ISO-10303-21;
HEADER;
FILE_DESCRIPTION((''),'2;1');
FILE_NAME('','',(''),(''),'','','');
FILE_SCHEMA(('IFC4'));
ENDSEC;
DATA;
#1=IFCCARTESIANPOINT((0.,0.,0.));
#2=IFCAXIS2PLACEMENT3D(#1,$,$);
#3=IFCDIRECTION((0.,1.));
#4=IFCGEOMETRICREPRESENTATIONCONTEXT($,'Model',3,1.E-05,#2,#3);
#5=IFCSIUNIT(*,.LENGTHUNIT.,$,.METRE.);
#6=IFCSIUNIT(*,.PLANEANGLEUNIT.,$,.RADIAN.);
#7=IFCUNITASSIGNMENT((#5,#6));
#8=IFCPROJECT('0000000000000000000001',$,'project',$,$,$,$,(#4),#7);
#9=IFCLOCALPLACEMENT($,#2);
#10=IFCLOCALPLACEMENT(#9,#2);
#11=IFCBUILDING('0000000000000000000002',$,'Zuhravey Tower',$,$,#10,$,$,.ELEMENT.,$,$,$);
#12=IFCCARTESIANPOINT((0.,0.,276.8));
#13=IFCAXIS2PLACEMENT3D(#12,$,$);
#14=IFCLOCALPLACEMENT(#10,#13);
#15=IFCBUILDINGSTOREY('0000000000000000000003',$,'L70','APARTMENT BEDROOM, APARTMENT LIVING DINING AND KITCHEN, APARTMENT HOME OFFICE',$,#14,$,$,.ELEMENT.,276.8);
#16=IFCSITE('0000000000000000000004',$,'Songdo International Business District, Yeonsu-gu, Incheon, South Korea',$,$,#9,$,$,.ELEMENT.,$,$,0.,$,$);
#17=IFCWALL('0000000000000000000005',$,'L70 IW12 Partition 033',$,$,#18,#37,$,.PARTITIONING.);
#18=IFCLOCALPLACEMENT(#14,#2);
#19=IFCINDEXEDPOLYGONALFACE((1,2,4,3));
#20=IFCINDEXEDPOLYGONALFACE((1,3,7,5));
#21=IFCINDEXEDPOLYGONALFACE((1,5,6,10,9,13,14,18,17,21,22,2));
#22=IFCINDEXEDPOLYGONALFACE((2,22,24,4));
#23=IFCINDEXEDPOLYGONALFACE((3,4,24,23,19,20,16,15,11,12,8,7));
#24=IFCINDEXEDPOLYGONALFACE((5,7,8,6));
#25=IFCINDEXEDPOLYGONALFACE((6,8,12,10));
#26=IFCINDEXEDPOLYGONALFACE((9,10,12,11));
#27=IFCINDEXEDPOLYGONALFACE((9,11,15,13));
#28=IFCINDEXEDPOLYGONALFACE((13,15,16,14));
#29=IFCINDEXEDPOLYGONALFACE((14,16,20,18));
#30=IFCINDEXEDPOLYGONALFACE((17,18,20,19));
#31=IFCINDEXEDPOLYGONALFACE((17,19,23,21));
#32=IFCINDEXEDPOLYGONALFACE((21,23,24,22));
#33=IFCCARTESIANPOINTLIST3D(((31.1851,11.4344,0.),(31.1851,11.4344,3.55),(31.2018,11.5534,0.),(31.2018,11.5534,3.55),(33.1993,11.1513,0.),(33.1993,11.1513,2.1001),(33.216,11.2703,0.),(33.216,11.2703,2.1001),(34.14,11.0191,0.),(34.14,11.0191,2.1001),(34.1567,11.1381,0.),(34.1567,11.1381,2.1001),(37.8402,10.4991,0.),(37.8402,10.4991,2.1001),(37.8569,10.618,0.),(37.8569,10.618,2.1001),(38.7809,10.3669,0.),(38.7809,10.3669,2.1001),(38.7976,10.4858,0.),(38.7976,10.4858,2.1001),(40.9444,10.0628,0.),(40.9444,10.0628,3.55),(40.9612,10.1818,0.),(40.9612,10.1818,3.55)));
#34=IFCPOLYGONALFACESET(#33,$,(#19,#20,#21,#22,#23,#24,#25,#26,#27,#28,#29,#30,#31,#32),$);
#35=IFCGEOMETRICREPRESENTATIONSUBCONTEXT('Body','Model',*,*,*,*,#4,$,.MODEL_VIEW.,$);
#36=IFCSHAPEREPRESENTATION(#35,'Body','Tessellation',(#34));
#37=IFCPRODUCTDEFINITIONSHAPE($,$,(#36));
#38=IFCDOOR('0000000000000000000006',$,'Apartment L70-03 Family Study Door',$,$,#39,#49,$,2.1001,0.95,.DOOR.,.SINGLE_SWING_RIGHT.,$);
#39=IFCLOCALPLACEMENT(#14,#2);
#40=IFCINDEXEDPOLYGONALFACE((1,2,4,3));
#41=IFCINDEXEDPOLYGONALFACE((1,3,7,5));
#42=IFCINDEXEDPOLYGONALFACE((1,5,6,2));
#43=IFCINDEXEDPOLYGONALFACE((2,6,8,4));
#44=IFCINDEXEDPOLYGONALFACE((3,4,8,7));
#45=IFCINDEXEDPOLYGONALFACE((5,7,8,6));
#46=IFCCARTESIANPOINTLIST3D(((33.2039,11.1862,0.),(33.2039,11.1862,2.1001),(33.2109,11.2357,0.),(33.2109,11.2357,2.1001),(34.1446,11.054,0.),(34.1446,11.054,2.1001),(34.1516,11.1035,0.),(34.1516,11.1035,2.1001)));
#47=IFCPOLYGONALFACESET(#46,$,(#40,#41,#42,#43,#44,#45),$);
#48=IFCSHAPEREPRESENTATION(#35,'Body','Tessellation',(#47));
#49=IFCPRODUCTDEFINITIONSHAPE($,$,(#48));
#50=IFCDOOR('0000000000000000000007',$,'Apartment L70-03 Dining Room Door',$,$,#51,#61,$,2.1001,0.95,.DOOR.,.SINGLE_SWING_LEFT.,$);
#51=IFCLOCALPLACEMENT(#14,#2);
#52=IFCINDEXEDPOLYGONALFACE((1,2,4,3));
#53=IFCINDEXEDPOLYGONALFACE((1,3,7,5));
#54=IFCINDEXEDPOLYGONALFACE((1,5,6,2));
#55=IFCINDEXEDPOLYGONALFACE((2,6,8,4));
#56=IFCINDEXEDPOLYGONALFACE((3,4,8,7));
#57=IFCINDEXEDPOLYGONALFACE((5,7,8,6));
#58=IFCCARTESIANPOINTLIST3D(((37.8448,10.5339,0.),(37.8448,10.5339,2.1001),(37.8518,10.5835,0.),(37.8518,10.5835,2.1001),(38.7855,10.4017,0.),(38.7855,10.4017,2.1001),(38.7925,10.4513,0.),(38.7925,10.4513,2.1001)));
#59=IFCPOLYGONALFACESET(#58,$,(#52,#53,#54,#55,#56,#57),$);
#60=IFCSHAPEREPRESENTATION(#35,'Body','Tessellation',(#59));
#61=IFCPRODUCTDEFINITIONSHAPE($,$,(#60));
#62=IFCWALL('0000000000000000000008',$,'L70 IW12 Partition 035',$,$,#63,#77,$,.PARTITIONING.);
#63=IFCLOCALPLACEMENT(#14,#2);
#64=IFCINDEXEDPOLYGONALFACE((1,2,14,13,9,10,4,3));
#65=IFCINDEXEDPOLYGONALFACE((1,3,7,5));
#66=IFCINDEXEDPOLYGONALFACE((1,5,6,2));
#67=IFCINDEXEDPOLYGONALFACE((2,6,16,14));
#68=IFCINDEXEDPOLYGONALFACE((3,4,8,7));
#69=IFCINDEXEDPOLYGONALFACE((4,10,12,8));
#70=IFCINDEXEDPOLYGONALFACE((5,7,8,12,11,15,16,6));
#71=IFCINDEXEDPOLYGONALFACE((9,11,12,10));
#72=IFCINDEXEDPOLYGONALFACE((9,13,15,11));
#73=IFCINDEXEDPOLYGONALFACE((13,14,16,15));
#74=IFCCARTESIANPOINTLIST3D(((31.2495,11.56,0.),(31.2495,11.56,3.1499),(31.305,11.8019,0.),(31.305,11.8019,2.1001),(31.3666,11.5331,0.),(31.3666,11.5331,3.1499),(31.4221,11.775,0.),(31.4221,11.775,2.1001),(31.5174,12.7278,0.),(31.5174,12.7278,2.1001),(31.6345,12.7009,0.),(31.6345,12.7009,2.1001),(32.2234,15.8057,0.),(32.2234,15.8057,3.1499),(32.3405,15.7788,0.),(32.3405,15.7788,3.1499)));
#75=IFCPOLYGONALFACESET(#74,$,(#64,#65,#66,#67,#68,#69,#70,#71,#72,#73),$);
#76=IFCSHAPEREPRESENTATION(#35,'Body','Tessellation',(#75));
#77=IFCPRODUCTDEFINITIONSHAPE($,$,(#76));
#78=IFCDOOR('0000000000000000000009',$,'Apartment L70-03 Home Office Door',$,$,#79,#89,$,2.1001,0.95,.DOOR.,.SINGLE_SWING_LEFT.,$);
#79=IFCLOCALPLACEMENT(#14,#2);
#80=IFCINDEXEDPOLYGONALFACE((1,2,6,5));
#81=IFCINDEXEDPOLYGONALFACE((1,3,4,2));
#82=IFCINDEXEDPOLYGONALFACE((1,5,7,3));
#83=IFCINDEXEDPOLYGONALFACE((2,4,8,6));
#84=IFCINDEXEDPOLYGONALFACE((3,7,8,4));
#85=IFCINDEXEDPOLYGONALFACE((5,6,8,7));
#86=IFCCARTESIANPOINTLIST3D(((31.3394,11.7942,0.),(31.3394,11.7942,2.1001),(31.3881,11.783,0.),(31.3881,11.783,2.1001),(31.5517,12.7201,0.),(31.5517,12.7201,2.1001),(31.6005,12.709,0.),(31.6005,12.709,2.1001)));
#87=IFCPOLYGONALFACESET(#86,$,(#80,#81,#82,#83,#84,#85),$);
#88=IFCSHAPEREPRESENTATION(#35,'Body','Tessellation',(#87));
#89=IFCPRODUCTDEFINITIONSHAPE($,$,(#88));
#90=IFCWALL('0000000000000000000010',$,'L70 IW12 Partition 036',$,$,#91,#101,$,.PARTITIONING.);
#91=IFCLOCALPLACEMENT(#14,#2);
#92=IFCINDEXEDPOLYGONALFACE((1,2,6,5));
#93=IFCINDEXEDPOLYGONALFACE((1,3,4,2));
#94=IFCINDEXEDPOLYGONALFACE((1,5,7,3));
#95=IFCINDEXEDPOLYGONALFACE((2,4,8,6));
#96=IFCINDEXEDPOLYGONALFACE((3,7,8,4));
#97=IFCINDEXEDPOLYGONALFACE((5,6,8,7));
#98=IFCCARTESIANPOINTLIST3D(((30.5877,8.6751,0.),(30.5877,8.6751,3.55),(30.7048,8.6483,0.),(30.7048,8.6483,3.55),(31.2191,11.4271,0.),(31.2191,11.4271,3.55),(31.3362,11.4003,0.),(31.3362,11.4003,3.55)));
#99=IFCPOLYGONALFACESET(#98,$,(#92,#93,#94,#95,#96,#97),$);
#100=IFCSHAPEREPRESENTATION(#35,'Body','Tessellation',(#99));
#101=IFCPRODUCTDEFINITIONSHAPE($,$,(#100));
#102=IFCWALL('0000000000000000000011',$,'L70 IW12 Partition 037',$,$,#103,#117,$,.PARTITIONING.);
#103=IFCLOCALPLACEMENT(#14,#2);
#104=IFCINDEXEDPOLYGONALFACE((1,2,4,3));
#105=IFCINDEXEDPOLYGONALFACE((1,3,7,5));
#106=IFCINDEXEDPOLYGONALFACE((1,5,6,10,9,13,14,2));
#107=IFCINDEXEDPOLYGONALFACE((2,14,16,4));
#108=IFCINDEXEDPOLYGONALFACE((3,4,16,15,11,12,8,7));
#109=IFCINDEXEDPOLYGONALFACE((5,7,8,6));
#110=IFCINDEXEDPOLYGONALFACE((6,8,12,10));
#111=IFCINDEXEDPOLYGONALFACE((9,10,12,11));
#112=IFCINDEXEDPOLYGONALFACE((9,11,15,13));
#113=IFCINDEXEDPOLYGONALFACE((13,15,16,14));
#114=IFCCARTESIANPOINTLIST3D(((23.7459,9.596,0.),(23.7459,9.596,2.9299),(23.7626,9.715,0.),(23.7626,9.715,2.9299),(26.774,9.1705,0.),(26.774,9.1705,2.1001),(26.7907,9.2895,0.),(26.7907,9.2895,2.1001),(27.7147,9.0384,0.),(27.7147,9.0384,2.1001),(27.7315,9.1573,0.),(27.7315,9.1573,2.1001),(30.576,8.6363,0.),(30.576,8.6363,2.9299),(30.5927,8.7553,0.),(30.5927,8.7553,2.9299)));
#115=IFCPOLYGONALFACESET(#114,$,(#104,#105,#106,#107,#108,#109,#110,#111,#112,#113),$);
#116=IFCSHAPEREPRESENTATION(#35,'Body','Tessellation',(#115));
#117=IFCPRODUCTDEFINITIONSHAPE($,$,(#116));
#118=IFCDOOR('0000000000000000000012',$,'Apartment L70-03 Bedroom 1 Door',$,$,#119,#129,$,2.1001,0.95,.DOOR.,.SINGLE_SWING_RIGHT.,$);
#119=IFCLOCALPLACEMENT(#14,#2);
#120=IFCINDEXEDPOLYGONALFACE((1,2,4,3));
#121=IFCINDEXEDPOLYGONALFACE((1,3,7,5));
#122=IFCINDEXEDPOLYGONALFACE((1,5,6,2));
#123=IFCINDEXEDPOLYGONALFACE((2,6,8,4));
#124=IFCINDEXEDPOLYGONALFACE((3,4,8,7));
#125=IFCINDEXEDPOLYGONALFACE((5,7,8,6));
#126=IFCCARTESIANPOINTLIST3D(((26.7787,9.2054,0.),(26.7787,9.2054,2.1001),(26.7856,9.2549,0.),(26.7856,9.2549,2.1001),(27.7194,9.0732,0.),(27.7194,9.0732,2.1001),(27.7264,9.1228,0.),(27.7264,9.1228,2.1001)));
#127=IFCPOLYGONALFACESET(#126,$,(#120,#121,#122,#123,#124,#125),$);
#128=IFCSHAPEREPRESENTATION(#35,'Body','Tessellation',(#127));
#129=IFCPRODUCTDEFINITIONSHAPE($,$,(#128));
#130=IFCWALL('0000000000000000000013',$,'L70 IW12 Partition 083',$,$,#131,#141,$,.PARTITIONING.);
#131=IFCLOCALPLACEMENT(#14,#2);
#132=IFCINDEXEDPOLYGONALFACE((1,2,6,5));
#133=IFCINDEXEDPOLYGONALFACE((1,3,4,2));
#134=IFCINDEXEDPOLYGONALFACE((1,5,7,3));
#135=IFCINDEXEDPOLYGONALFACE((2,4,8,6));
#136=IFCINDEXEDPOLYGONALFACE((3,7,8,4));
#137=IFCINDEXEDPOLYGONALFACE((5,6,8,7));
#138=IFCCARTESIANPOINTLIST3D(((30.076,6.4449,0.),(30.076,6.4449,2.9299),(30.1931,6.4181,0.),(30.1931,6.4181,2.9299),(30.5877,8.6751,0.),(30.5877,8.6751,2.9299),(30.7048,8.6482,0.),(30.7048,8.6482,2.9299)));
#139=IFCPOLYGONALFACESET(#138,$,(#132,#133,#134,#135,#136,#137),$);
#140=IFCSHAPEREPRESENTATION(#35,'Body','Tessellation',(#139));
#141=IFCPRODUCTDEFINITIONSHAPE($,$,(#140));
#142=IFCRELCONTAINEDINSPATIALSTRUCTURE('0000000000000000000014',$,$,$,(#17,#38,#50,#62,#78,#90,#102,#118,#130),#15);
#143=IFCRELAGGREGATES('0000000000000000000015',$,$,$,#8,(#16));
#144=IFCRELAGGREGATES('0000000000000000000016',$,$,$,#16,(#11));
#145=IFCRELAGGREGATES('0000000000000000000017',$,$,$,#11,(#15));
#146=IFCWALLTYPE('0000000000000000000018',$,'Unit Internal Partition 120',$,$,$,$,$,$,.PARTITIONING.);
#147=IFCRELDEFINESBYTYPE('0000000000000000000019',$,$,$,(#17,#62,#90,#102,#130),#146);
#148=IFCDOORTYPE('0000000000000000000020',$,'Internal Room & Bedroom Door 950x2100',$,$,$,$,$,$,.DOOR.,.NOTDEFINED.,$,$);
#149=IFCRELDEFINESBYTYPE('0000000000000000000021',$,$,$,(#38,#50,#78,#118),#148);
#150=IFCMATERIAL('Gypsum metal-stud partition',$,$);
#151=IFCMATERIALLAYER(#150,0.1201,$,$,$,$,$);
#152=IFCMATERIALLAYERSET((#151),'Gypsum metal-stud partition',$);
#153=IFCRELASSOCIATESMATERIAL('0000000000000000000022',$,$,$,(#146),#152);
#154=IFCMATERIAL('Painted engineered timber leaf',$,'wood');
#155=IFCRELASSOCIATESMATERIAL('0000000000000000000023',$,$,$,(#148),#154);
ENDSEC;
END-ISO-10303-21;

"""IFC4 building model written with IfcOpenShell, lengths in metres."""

from ifc_helpers import new_model, si_unit, direction, frame, frame_2d, origin, place, context, subcontext, project, spatial, rectangle, extrude, material, layer, layer_set, type_object, element, fill, save


model = new_model("IFC4")

# Units and contexts
model_context = context("Model", 3, precision=1e-05, world=origin(), true_north=direction((0.0, 1.0)))
body_context = subcontext(model_context, "Body", "Model", "MODEL_VIEW")
ifc_project = project(units=[si_unit("LENGTHUNIT", "METRE"), si_unit("PLANEANGLEUNIT", "RADIAN")], contexts=[model_context])

# Site, building, storey
site_placement = place(None, origin())
site = spatial("IfcSite", under=ifc_project, at=site_placement, Name="Songdo International Business District, Yeonsu-gu, Incheon, South Korea", CompositionType="ELEMENT", RefElevation=0.0)
building_placement = place(site_placement, origin())
building = spatial("IfcBuilding", under=site, at=building_placement, Name="Zuhravey Tower", CompositionType="ELEMENT")
storey_placement = place(building_placement, frame((0.0, 0.0, 276.8)))
storey = spatial("IfcBuildingStorey", under=building, at=storey_placement, Name="L70", Description="APARTMENT BEDROOM, APARTMENT LIVING DINING AND KITCHEN, APARTMENT HOME OFFICE", CompositionType="ELEMENT", Elevation=276.8)

# Wall, openings, doors
ifc_material_1 = material(Name="Gypsum metal-stud partition")
ifc_layer_1 = layer(ifc_material_1, 0.1201)
ifc_layer_set_1 = layer_set([ifc_layer_1], Name="Gypsum metal-stud partition")
wall_type_1 = type_object("IfcWallType", Name="Unit Internal Partition 120", PredefinedType="PARTITIONING", material=ifc_layer_set_1)
wall_1_placement = place(storey_placement, frame((31.1934, 11.4939, 0.0), z_axis=(0.0, 0.0, 1.0), x_axis=(0.990268, -0.139174, 0.0)))
wall_1 = element("IfcWall", 1, at=wall_1_placement, inside=storey, type_object=wall_type_1, Name="L70 IW12 Partition 033", PredefinedType="PARTITIONING", context=body_context, shape_type="SweptSolid", body=[
    extrude(rectangle(XDim=9.8552, YDim=0.1201, at=frame_2d((4.9277, 0.0))), origin(), (0.0, 0.0, 1.0), 3.55),
])
opening_1_placement = place(wall_1_placement, frame((2.0339, 0.0, 0.0)))
opening_1 = element("IfcOpeningElement", 2, at=opening_1_placement, cuts=wall_1, PredefinedType="OPENING", context=body_context, shape_type="SweptSolid", body=[
    extrude(rectangle(XDim=0.95, YDim=2.1001, at=frame_2d((0.4751, 1.05))), frame((0.0, 0.072, 0.0), z_axis=(0.0, -1.0, 0.0), x_axis=(1.0, 0.0, 0.0)), (0.0, 0.0, 1.0), 0.144),
])
opening_2_placement = place(wall_1_placement, frame((6.7205, 0.0, 0.0)))
opening_2 = element("IfcOpeningElement", 3, at=opening_2_placement, cuts=wall_1, PredefinedType="OPENING", context=body_context, shape_type="SweptSolid", body=[
    extrude(rectangle(XDim=0.95, YDim=2.1001, at=frame_2d((0.4751, 1.05))), frame((0.0, 0.072, 0.0), z_axis=(0.0, -1.0, 0.0), x_axis=(1.0, 0.0, 0.0)), (0.0, 0.0, 1.0), 0.144),
])
ifc_material_2 = material(Name="Painted engineered timber leaf", Category="wood")
door_type_1 = type_object("IfcDoorType", Name="Internal Room & Bedroom Door 950x2100", OperationType="NOTDEFINED", PredefinedType="DOOR", material=ifc_material_2)
door_1_placement = place(opening_1_placement, frame((0.95, 0.0, 0.0), z_axis=(0.0, 0.0, 1.0), x_axis=(-1.0, 0.0, 0.0)))
door_1 = element("IfcDoor", 4, at=door_1_placement, inside=storey, type_object=door_type_1, Name="Apartment L70-03 Family Study Door", OperationType="SINGLE_SWING_RIGHT", OverallHeight=2.1001, OverallWidth=0.95, PredefinedType="DOOR", context=body_context, shape_type="SweptSolid", body=[
    extrude(rectangle(XDim=0.95, YDim=2.1001, at=frame_2d((0.4751, 1.05))), frame((0.0, 0.0249, 0.0), z_axis=(0.0, -1.0, 0.0), x_axis=(1.0, 0.0, 0.0)), (0.0, 0.0, 1.0), 0.05),
])
fill(opening_1, door_1)
door_2_placement = place(opening_2_placement, frame((0.95, 0.0, 0.0), z_axis=(0.0, 0.0, 1.0), x_axis=(-1.0, 0.0, 0.0)))
door_2 = element("IfcDoor", 5, at=door_2_placement, inside=storey, type_object=door_type_1, Name="Apartment L70-03 Dining Room Door", OperationType="SINGLE_SWING_LEFT", OverallHeight=2.1001, OverallWidth=0.95, PredefinedType="DOOR", context=body_context, shape_type="SweptSolid", body=[
    extrude(rectangle(XDim=0.95, YDim=2.1001, at=frame_2d((0.4751, 1.05))), frame((0.0, 0.0249, 0.0), z_axis=(0.0, -1.0, 0.0), x_axis=(1.0, 0.0, 0.0)), (0.0, 0.0, 1.0), 0.05),
])
fill(opening_2, door_2)

# Wall, opening, door
wall_2_placement = place(storey_placement, frame((32.282, 15.7922, 0.0), z_axis=(0.0, 0.0, 1.0), x_axis=(-0.223578, -0.974686, 0.0)))
wall_2 = element("IfcWall", 6, at=wall_2_placement, inside=storey, type_object=wall_type_1, Name="L70 IW12 Partition 035", PredefinedType="PARTITIONING", context=body_context, shape_type="SweptSolid", body=[
    extrude(rectangle(XDim=4.356, YDim=0.1201, at=frame_2d((2.178, 0.0))), origin(), (0.0, 0.0, 1.0), 3.1499),
])
opening_3_placement = place(wall_2_placement, frame((3.1577, 0.0, 0.0)))
opening_3 = element("IfcOpeningElement", 7, at=opening_3_placement, cuts=wall_2, PredefinedType="OPENING", context=body_context, shape_type="SweptSolid", body=[
    extrude(rectangle(XDim=0.95, YDim=2.1001, at=frame_2d((0.4751, 1.05))), frame((0.0, 0.072, 0.0), z_axis=(0.0, -1.0, 0.0), x_axis=(1.0, 0.0, 0.0)), (0.0, 0.0, 1.0), 0.144),
])
door_3_placement = place(opening_3_placement, frame((0.95, 0.0, 0.0), z_axis=(0.0, 0.0, 1.0), x_axis=(-1.0, 0.0, 0.0)))
door_3 = element("IfcDoor", 8, at=door_3_placement, inside=storey, type_object=door_type_1, Name="Apartment L70-03 Home Office Door", OperationType="SINGLE_SWING_LEFT", OverallHeight=2.1001, OverallWidth=0.95, PredefinedType="DOOR", context=body_context, shape_type="SweptSolid", body=[
    extrude(rectangle(XDim=0.95, YDim=2.1001, at=frame_2d((0.4751, 1.05))), frame((0.0, 0.0249, 0.0), z_axis=(0.0, -1.0, 0.0), x_axis=(1.0, 0.0, 0.0)), (0.0, 0.0, 1.0), 0.05),
])
fill(opening_3, door_3)

# Wall
wall_3_placement = place(storey_placement, frame((31.2776, 11.4136, 0.0), z_axis=(0.0, 0.0, 1.0), x_axis=(-0.223609, -0.974679, 0.0)))
element("IfcWall", 9, at=wall_3_placement, inside=storey, type_object=wall_type_1, Name="L70 IW12 Partition 036", PredefinedType="PARTITIONING", context=body_context, shape_type="SweptSolid", body=[
    extrude(rectangle(XDim=2.8235, YDim=0.1201, at=frame_2d((1.4116, 0.0))), origin(), (0.0, 0.0, 1.0), 3.55),
])

# Wall, opening, door
wall_4_placement = place(storey_placement, frame((23.7542, 9.6555, 0.0), z_axis=(0.0, 0.0, 1.0), x_axis=(0.990272, -0.139146, 0.0)))
wall_4 = element("IfcWall", 10, at=wall_4_placement, inside=storey, type_object=wall_type_1, Name="L70 IW12 Partition 037", PredefinedType="PARTITIONING", context=body_context, shape_type="SweptSolid", body=[
    extrude(rectangle(XDim=6.8972, YDim=0.1201, at=frame_2d((3.4487, 0.0))), origin(), (0.0, 0.0, 1.0), 2.9299),
])
opening_4_placement = place(wall_4_placement, frame((3.0579, 0.0, 0.0)))
opening_4 = element("IfcOpeningElement", 11, at=opening_4_placement, cuts=wall_4, PredefinedType="OPENING", context=body_context, shape_type="SweptSolid", body=[
    extrude(rectangle(XDim=0.95, YDim=2.1001, at=frame_2d((0.4751, 1.05))), frame((0.0, 0.072, 0.0), z_axis=(0.0, -1.0, 0.0), x_axis=(1.0, 0.0, 0.0)), (0.0, 0.0, 1.0), 0.144),
])
door_4_placement = place(opening_4_placement, frame((0.95, 0.0, 0.0), z_axis=(0.0, 0.0, 1.0), x_axis=(-1.0, 0.0, 0.0)))
door_4 = element("IfcDoor", 12, at=door_4_placement, inside=storey, type_object=door_type_1, Name="Apartment L70-03 Bedroom 1 Door", OperationType="SINGLE_SWING_RIGHT", OverallHeight=2.1001, OverallWidth=0.95, PredefinedType="DOOR", context=body_context, shape_type="SweptSolid", body=[
    extrude(rectangle(XDim=0.95, YDim=2.1001, at=frame_2d((0.4751, 1.05))), frame((0.0, 0.0249, 0.0), z_axis=(0.0, -1.0, 0.0), x_axis=(1.0, 0.0, 0.0)), (0.0, 0.0, 1.0), 0.05),
])
fill(opening_4, door_4)

# Wall
wall_5_placement = place(storey_placement, frame((30.6462, 8.6616, 0.0), z_axis=(0.0, 0.0, 1.0), x_axis=(-0.223636, -0.974673, 0.0)))
element("IfcWall", 13, at=wall_5_placement, inside=storey, type_object=wall_type_1, Name="L70 IW12 Partition 083", PredefinedType="PARTITIONING", context=body_context, shape_type="SweptSolid", body=[
    extrude(rectangle(XDim=2.2881, YDim=0.1201, at=frame_2d((1.144, 0.0))), origin(), (0.0, 0.0, 1.0), 2.9299),
])

save(model, "model.ifc")
